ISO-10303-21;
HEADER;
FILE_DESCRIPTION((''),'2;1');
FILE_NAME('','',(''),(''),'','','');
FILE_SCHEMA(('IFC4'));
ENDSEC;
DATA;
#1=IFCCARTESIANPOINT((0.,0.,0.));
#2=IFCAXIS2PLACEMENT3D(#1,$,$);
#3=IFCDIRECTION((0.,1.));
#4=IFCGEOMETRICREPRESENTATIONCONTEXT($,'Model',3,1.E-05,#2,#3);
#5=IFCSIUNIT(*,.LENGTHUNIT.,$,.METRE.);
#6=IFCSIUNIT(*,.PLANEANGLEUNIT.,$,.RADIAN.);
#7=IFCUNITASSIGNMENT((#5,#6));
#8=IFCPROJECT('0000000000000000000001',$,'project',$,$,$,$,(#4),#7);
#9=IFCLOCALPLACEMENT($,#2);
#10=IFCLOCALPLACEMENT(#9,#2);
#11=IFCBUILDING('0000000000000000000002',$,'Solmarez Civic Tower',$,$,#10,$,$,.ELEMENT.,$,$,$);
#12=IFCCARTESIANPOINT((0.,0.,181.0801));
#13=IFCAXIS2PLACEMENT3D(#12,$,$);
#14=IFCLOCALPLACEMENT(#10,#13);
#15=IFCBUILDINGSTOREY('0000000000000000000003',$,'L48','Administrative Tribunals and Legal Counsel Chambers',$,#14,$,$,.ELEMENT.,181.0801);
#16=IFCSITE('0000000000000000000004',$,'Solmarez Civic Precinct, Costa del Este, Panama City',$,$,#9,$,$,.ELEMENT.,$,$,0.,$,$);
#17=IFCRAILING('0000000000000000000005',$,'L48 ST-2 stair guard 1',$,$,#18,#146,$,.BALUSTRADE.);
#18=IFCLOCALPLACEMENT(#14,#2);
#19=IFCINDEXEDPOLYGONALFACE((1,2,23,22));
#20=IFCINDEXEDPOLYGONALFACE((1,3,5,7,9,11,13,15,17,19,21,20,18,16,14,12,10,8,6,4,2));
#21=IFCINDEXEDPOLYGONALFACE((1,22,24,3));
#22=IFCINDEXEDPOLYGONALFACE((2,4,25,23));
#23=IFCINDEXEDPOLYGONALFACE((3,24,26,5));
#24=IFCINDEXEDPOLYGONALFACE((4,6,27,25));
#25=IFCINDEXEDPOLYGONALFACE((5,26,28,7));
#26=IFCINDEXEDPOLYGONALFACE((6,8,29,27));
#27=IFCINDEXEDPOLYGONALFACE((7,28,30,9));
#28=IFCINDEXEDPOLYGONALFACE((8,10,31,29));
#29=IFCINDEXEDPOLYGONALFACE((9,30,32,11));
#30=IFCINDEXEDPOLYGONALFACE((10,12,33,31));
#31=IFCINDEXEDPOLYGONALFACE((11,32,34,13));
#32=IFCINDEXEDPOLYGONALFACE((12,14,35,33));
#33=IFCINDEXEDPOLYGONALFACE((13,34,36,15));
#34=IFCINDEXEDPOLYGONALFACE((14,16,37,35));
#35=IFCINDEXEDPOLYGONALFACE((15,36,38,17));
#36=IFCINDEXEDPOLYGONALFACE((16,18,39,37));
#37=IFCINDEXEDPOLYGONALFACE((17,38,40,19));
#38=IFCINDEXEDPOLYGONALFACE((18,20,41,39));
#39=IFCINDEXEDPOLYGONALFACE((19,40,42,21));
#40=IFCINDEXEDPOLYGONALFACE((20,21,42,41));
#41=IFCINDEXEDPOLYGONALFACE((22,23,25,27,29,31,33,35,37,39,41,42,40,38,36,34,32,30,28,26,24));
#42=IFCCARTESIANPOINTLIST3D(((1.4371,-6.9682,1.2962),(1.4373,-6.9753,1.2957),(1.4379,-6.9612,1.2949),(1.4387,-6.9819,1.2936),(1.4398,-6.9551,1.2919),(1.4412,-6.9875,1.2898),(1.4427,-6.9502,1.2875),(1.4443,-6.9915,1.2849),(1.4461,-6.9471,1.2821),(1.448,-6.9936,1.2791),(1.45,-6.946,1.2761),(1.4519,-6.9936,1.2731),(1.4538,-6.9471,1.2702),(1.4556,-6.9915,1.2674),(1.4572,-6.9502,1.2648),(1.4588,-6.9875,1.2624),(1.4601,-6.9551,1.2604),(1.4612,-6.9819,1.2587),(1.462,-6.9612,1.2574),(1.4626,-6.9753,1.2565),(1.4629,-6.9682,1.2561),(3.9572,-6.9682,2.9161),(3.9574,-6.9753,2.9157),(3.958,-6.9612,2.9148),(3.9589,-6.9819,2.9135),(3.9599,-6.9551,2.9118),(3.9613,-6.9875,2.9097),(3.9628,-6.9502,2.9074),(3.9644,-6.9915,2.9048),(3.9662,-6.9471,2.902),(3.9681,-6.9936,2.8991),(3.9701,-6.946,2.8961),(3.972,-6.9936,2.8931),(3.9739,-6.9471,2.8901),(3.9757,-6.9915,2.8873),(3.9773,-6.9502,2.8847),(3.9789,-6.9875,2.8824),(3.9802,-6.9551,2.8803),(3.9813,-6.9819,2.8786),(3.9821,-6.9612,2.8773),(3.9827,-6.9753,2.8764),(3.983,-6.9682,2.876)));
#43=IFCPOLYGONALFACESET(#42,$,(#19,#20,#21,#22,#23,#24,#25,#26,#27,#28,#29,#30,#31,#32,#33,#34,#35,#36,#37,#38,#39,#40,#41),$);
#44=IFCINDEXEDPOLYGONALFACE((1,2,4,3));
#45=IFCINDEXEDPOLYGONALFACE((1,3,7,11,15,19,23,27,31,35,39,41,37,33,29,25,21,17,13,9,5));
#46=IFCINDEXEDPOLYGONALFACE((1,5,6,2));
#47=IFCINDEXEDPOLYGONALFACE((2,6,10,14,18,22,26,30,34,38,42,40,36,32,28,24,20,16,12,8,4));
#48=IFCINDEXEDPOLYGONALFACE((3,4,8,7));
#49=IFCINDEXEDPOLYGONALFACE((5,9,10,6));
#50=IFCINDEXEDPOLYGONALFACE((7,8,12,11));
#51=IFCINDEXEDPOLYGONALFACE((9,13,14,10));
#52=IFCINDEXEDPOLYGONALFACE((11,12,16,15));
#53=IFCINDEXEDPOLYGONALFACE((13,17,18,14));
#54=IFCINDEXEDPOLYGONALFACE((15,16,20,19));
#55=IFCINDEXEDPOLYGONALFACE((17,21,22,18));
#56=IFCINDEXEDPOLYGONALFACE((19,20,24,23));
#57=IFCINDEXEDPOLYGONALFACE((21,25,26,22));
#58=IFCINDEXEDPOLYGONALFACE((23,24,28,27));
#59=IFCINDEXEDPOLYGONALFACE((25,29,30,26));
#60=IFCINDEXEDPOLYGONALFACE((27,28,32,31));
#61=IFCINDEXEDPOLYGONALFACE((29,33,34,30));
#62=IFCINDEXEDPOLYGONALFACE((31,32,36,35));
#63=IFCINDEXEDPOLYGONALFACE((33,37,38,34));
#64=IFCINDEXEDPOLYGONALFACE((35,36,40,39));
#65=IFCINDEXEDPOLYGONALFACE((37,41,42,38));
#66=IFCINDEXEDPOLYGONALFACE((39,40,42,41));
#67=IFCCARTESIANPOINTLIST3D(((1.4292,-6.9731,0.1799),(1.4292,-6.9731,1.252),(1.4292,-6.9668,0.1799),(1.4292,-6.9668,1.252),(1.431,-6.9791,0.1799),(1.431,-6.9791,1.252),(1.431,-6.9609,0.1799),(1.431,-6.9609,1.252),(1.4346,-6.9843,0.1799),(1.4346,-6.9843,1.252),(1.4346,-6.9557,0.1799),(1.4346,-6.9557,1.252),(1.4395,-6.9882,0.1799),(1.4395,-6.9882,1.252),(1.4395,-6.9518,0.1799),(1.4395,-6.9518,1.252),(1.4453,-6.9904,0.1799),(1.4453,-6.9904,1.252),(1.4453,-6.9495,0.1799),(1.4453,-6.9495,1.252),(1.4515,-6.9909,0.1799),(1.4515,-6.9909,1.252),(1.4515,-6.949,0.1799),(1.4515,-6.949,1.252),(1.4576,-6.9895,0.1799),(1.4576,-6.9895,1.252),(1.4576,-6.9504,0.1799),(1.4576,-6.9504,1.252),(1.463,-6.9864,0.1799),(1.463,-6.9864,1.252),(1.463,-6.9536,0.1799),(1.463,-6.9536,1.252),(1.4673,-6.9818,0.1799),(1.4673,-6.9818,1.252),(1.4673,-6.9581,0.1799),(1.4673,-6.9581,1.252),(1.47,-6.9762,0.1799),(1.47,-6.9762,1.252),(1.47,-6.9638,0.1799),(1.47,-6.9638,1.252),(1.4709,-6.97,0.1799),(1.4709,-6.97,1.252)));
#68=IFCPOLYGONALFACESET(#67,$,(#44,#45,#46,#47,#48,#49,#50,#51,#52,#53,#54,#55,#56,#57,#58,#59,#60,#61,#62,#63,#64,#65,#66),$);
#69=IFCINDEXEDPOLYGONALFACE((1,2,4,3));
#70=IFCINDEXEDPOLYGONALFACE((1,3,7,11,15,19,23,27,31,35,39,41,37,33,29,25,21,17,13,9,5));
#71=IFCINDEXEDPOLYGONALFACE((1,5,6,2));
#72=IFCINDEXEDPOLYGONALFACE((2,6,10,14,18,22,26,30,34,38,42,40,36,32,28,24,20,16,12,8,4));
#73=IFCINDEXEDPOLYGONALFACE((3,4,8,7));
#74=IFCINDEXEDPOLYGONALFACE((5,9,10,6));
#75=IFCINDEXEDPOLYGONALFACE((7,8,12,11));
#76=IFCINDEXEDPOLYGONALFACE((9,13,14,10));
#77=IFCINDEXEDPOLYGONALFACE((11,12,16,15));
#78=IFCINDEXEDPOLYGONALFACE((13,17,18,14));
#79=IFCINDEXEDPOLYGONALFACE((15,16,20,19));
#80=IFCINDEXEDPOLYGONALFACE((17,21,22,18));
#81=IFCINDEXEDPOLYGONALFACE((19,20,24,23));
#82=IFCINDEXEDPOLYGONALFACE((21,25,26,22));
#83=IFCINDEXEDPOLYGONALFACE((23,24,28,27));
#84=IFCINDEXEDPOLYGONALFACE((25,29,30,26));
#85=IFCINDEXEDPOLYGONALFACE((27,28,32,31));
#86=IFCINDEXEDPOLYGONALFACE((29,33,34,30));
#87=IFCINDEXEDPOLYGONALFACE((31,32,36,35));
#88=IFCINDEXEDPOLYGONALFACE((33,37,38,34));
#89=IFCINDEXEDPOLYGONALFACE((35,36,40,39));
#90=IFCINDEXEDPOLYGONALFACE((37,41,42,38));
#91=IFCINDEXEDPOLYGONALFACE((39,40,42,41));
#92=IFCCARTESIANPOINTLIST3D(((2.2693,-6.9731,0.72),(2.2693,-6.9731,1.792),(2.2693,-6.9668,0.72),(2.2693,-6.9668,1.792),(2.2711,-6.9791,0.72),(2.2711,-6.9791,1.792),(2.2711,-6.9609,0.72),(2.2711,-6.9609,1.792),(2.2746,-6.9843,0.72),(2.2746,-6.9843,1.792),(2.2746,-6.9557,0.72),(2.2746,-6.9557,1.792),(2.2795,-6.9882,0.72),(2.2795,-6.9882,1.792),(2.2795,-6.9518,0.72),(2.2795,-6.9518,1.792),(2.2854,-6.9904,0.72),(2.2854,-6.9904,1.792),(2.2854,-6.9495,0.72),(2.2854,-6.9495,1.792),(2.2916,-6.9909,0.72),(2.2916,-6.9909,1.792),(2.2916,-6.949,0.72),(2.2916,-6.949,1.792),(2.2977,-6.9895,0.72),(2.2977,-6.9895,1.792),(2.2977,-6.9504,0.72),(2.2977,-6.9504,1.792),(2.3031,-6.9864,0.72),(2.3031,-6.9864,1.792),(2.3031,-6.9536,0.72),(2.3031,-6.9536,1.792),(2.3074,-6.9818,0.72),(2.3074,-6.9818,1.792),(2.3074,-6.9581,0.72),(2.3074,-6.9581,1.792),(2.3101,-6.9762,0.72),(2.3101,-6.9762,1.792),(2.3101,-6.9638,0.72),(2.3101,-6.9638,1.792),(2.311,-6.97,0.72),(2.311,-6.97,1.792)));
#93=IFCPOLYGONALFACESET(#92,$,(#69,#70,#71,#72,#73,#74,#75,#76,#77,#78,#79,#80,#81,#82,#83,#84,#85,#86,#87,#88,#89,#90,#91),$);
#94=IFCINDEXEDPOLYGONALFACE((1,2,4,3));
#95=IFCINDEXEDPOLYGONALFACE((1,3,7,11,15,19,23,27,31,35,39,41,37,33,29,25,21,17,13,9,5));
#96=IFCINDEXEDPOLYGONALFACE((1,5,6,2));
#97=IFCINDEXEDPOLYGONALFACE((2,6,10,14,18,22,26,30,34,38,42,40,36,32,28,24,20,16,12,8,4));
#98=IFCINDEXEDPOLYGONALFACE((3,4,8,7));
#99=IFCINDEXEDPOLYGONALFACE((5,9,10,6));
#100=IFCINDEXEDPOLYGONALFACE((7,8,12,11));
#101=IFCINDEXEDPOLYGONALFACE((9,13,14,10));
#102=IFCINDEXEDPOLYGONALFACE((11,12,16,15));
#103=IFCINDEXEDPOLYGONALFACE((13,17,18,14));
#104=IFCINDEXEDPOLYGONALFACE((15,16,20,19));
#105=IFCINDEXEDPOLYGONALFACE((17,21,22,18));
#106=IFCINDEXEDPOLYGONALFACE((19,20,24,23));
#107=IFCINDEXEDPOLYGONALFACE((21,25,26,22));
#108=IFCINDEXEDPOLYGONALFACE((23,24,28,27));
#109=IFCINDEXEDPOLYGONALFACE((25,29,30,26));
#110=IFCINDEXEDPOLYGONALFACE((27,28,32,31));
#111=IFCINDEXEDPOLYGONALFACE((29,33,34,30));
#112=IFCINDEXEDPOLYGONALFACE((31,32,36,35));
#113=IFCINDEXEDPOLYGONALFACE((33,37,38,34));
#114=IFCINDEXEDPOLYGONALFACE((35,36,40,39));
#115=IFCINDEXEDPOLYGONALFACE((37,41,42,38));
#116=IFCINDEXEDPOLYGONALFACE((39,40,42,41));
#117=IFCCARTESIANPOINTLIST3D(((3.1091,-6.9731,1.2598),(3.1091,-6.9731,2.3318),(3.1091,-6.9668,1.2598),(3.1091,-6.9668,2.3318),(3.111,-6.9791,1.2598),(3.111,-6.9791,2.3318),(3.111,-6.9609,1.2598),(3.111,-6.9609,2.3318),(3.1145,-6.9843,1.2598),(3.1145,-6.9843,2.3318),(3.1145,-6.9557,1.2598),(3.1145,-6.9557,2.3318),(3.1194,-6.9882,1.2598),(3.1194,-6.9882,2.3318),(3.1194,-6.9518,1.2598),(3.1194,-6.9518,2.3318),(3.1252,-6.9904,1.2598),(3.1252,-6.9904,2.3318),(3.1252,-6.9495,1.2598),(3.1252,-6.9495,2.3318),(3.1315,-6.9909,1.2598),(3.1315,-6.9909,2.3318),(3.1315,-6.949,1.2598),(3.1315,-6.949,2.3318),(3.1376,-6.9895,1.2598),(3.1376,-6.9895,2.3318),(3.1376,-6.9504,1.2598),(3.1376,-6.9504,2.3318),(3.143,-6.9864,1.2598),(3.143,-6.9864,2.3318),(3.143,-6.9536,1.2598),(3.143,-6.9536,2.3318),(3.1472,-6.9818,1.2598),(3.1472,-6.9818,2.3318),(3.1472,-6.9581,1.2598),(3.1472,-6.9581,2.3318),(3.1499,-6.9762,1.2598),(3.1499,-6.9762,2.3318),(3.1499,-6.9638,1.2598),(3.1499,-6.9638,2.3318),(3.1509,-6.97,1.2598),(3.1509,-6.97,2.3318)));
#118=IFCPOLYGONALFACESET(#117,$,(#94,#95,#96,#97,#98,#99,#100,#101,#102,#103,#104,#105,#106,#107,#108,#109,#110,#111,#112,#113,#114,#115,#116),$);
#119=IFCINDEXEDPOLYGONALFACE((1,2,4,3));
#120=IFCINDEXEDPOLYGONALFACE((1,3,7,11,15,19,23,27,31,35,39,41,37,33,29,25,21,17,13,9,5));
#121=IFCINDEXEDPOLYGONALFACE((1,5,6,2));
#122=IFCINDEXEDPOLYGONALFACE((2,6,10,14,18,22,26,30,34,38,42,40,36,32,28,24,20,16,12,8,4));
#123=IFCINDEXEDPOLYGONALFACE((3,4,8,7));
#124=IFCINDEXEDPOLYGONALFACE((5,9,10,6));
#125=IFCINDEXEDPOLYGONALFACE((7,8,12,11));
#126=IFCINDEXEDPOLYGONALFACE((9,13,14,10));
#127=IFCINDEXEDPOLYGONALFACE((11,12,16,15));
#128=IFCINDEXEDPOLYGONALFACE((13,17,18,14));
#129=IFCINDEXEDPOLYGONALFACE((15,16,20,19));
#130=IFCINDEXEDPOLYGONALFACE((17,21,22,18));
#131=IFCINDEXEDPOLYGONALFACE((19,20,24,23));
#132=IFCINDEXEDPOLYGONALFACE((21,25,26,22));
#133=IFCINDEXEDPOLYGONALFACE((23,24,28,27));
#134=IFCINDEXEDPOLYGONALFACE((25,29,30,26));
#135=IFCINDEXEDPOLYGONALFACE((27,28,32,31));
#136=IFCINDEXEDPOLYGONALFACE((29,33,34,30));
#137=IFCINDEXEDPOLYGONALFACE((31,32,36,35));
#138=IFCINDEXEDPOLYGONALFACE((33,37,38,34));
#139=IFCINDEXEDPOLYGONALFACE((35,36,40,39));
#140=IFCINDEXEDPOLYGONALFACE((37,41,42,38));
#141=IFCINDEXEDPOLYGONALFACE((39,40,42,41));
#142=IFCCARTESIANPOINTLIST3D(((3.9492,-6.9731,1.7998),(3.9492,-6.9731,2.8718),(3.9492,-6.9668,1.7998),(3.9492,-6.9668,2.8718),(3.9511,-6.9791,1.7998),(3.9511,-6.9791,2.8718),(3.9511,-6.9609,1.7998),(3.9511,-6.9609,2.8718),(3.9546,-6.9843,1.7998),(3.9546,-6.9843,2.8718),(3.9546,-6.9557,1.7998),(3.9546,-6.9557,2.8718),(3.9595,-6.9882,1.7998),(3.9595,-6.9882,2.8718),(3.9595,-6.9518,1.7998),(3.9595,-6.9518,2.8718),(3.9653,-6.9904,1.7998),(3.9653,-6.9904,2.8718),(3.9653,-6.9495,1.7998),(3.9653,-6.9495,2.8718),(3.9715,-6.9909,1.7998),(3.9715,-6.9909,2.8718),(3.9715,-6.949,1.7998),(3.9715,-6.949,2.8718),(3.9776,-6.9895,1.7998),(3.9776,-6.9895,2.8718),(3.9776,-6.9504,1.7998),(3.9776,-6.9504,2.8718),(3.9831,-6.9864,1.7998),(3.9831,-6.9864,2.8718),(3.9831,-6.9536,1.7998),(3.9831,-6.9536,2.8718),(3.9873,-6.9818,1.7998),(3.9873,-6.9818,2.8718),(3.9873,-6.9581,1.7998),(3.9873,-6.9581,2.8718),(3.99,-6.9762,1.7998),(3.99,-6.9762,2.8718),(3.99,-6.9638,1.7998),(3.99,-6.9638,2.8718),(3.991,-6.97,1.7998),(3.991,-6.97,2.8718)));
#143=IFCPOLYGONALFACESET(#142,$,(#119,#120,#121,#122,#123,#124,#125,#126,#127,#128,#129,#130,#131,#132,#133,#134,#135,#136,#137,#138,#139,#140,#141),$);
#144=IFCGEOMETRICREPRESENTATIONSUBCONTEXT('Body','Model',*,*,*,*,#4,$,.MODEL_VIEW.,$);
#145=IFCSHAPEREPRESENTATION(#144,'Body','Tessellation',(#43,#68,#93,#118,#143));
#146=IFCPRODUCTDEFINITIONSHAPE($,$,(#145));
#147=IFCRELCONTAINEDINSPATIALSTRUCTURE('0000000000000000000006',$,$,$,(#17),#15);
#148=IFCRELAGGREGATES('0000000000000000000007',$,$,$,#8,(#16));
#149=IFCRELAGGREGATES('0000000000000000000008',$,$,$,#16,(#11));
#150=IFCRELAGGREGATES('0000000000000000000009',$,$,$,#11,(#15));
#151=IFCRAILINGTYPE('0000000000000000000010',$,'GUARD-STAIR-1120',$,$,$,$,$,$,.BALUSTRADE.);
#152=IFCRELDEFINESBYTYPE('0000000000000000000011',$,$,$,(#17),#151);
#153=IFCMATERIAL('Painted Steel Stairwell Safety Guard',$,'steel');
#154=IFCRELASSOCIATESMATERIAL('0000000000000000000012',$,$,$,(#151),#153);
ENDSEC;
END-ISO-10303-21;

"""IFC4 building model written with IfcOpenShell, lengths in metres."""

from ifc_helpers import new_model, si_unit, direction, frame, origin, origin_2d, place, context, subcontext, project, spatial, circle, extrude, material, type_object, element, save


model = new_model("IFC4")

# Units and contexts
model_context = context("Model", 3, precision=1e-05, world=origin(), true_north=direction((0.0, 1.0)))
body_context = subcontext(model_context, "Body", "Model", "MODEL_VIEW")
ifc_project = project(units=[si_unit("LENGTHUNIT", "METRE"), si_unit("PLANEANGLEUNIT", "RADIAN")], contexts=[model_context])

# Site, building, storey
site_placement = place(None, origin())
site = spatial("IfcSite", under=ifc_project, at=site_placement, Name="Solmarez Civic Precinct, Costa del Este, Panama City", CompositionType="ELEMENT", RefElevation=0.0)
building_placement = place(site_placement, origin())
building = spatial("IfcBuilding", under=site, at=building_placement, Name="Solmarez Civic Tower", CompositionType="ELEMENT")
storey_placement = place(building_placement, frame((0.0, 0.0, 181.0801)))
storey = spatial("IfcBuildingStorey", under=building, at=storey_placement, Name="L48", Description="Administrative Tribunals and Legal Counsel Chambers", CompositionType="ELEMENT", Elevation=181.0801)

# Railing
ifc_material_1 = material(Name="Painted Steel Stairwell Safety Guard", Category="steel")
railing_type_1 = type_object("IfcRailingType", Name="GUARD-STAIR-1120", PredefinedType="BALUSTRADE", material=ifc_material_1)
railing_1_placement = place(storey_placement, frame((1.45, -6.97, 0.1799)))
element("IfcRailing", 1, at=railing_1_placement, inside=storey, type_object=railing_type_1, Name="L48 ST-2 stair guard 1", PredefinedType="BALUSTRADE", context=body_context, shape_type="SweptSolid", body=[
    extrude(circle(Radius=0.0239, at=origin_2d()), frame((0.0, 0.0, 1.0962), z_axis=(0.8412, 0.0, 0.540725), x_axis=(0.0, 1.0, 0.0)), (0.0, 0.0, 1.0), 2.9958),
    extrude(circle(Radius=0.021, at=origin_2d()), origin(), (0.0, 0.0, 1.0), 1.072),
    extrude(circle(Radius=0.021, at=origin_2d()), frame((0.8401, 0.0, 0.54)), (0.0, 0.0, 1.0), 1.072),
    extrude(circle(Radius=0.021, at=origin_2d()), frame((1.6799, 0.0, 1.0798)), (0.0, 0.0, 1.0), 1.072),
    extrude(circle(Radius=0.021, at=origin_2d()), frame((2.52, 0.0, 1.6199)), (0.0, 0.0, 1.0), 1.072),
])

save(model, "model.ifc")
